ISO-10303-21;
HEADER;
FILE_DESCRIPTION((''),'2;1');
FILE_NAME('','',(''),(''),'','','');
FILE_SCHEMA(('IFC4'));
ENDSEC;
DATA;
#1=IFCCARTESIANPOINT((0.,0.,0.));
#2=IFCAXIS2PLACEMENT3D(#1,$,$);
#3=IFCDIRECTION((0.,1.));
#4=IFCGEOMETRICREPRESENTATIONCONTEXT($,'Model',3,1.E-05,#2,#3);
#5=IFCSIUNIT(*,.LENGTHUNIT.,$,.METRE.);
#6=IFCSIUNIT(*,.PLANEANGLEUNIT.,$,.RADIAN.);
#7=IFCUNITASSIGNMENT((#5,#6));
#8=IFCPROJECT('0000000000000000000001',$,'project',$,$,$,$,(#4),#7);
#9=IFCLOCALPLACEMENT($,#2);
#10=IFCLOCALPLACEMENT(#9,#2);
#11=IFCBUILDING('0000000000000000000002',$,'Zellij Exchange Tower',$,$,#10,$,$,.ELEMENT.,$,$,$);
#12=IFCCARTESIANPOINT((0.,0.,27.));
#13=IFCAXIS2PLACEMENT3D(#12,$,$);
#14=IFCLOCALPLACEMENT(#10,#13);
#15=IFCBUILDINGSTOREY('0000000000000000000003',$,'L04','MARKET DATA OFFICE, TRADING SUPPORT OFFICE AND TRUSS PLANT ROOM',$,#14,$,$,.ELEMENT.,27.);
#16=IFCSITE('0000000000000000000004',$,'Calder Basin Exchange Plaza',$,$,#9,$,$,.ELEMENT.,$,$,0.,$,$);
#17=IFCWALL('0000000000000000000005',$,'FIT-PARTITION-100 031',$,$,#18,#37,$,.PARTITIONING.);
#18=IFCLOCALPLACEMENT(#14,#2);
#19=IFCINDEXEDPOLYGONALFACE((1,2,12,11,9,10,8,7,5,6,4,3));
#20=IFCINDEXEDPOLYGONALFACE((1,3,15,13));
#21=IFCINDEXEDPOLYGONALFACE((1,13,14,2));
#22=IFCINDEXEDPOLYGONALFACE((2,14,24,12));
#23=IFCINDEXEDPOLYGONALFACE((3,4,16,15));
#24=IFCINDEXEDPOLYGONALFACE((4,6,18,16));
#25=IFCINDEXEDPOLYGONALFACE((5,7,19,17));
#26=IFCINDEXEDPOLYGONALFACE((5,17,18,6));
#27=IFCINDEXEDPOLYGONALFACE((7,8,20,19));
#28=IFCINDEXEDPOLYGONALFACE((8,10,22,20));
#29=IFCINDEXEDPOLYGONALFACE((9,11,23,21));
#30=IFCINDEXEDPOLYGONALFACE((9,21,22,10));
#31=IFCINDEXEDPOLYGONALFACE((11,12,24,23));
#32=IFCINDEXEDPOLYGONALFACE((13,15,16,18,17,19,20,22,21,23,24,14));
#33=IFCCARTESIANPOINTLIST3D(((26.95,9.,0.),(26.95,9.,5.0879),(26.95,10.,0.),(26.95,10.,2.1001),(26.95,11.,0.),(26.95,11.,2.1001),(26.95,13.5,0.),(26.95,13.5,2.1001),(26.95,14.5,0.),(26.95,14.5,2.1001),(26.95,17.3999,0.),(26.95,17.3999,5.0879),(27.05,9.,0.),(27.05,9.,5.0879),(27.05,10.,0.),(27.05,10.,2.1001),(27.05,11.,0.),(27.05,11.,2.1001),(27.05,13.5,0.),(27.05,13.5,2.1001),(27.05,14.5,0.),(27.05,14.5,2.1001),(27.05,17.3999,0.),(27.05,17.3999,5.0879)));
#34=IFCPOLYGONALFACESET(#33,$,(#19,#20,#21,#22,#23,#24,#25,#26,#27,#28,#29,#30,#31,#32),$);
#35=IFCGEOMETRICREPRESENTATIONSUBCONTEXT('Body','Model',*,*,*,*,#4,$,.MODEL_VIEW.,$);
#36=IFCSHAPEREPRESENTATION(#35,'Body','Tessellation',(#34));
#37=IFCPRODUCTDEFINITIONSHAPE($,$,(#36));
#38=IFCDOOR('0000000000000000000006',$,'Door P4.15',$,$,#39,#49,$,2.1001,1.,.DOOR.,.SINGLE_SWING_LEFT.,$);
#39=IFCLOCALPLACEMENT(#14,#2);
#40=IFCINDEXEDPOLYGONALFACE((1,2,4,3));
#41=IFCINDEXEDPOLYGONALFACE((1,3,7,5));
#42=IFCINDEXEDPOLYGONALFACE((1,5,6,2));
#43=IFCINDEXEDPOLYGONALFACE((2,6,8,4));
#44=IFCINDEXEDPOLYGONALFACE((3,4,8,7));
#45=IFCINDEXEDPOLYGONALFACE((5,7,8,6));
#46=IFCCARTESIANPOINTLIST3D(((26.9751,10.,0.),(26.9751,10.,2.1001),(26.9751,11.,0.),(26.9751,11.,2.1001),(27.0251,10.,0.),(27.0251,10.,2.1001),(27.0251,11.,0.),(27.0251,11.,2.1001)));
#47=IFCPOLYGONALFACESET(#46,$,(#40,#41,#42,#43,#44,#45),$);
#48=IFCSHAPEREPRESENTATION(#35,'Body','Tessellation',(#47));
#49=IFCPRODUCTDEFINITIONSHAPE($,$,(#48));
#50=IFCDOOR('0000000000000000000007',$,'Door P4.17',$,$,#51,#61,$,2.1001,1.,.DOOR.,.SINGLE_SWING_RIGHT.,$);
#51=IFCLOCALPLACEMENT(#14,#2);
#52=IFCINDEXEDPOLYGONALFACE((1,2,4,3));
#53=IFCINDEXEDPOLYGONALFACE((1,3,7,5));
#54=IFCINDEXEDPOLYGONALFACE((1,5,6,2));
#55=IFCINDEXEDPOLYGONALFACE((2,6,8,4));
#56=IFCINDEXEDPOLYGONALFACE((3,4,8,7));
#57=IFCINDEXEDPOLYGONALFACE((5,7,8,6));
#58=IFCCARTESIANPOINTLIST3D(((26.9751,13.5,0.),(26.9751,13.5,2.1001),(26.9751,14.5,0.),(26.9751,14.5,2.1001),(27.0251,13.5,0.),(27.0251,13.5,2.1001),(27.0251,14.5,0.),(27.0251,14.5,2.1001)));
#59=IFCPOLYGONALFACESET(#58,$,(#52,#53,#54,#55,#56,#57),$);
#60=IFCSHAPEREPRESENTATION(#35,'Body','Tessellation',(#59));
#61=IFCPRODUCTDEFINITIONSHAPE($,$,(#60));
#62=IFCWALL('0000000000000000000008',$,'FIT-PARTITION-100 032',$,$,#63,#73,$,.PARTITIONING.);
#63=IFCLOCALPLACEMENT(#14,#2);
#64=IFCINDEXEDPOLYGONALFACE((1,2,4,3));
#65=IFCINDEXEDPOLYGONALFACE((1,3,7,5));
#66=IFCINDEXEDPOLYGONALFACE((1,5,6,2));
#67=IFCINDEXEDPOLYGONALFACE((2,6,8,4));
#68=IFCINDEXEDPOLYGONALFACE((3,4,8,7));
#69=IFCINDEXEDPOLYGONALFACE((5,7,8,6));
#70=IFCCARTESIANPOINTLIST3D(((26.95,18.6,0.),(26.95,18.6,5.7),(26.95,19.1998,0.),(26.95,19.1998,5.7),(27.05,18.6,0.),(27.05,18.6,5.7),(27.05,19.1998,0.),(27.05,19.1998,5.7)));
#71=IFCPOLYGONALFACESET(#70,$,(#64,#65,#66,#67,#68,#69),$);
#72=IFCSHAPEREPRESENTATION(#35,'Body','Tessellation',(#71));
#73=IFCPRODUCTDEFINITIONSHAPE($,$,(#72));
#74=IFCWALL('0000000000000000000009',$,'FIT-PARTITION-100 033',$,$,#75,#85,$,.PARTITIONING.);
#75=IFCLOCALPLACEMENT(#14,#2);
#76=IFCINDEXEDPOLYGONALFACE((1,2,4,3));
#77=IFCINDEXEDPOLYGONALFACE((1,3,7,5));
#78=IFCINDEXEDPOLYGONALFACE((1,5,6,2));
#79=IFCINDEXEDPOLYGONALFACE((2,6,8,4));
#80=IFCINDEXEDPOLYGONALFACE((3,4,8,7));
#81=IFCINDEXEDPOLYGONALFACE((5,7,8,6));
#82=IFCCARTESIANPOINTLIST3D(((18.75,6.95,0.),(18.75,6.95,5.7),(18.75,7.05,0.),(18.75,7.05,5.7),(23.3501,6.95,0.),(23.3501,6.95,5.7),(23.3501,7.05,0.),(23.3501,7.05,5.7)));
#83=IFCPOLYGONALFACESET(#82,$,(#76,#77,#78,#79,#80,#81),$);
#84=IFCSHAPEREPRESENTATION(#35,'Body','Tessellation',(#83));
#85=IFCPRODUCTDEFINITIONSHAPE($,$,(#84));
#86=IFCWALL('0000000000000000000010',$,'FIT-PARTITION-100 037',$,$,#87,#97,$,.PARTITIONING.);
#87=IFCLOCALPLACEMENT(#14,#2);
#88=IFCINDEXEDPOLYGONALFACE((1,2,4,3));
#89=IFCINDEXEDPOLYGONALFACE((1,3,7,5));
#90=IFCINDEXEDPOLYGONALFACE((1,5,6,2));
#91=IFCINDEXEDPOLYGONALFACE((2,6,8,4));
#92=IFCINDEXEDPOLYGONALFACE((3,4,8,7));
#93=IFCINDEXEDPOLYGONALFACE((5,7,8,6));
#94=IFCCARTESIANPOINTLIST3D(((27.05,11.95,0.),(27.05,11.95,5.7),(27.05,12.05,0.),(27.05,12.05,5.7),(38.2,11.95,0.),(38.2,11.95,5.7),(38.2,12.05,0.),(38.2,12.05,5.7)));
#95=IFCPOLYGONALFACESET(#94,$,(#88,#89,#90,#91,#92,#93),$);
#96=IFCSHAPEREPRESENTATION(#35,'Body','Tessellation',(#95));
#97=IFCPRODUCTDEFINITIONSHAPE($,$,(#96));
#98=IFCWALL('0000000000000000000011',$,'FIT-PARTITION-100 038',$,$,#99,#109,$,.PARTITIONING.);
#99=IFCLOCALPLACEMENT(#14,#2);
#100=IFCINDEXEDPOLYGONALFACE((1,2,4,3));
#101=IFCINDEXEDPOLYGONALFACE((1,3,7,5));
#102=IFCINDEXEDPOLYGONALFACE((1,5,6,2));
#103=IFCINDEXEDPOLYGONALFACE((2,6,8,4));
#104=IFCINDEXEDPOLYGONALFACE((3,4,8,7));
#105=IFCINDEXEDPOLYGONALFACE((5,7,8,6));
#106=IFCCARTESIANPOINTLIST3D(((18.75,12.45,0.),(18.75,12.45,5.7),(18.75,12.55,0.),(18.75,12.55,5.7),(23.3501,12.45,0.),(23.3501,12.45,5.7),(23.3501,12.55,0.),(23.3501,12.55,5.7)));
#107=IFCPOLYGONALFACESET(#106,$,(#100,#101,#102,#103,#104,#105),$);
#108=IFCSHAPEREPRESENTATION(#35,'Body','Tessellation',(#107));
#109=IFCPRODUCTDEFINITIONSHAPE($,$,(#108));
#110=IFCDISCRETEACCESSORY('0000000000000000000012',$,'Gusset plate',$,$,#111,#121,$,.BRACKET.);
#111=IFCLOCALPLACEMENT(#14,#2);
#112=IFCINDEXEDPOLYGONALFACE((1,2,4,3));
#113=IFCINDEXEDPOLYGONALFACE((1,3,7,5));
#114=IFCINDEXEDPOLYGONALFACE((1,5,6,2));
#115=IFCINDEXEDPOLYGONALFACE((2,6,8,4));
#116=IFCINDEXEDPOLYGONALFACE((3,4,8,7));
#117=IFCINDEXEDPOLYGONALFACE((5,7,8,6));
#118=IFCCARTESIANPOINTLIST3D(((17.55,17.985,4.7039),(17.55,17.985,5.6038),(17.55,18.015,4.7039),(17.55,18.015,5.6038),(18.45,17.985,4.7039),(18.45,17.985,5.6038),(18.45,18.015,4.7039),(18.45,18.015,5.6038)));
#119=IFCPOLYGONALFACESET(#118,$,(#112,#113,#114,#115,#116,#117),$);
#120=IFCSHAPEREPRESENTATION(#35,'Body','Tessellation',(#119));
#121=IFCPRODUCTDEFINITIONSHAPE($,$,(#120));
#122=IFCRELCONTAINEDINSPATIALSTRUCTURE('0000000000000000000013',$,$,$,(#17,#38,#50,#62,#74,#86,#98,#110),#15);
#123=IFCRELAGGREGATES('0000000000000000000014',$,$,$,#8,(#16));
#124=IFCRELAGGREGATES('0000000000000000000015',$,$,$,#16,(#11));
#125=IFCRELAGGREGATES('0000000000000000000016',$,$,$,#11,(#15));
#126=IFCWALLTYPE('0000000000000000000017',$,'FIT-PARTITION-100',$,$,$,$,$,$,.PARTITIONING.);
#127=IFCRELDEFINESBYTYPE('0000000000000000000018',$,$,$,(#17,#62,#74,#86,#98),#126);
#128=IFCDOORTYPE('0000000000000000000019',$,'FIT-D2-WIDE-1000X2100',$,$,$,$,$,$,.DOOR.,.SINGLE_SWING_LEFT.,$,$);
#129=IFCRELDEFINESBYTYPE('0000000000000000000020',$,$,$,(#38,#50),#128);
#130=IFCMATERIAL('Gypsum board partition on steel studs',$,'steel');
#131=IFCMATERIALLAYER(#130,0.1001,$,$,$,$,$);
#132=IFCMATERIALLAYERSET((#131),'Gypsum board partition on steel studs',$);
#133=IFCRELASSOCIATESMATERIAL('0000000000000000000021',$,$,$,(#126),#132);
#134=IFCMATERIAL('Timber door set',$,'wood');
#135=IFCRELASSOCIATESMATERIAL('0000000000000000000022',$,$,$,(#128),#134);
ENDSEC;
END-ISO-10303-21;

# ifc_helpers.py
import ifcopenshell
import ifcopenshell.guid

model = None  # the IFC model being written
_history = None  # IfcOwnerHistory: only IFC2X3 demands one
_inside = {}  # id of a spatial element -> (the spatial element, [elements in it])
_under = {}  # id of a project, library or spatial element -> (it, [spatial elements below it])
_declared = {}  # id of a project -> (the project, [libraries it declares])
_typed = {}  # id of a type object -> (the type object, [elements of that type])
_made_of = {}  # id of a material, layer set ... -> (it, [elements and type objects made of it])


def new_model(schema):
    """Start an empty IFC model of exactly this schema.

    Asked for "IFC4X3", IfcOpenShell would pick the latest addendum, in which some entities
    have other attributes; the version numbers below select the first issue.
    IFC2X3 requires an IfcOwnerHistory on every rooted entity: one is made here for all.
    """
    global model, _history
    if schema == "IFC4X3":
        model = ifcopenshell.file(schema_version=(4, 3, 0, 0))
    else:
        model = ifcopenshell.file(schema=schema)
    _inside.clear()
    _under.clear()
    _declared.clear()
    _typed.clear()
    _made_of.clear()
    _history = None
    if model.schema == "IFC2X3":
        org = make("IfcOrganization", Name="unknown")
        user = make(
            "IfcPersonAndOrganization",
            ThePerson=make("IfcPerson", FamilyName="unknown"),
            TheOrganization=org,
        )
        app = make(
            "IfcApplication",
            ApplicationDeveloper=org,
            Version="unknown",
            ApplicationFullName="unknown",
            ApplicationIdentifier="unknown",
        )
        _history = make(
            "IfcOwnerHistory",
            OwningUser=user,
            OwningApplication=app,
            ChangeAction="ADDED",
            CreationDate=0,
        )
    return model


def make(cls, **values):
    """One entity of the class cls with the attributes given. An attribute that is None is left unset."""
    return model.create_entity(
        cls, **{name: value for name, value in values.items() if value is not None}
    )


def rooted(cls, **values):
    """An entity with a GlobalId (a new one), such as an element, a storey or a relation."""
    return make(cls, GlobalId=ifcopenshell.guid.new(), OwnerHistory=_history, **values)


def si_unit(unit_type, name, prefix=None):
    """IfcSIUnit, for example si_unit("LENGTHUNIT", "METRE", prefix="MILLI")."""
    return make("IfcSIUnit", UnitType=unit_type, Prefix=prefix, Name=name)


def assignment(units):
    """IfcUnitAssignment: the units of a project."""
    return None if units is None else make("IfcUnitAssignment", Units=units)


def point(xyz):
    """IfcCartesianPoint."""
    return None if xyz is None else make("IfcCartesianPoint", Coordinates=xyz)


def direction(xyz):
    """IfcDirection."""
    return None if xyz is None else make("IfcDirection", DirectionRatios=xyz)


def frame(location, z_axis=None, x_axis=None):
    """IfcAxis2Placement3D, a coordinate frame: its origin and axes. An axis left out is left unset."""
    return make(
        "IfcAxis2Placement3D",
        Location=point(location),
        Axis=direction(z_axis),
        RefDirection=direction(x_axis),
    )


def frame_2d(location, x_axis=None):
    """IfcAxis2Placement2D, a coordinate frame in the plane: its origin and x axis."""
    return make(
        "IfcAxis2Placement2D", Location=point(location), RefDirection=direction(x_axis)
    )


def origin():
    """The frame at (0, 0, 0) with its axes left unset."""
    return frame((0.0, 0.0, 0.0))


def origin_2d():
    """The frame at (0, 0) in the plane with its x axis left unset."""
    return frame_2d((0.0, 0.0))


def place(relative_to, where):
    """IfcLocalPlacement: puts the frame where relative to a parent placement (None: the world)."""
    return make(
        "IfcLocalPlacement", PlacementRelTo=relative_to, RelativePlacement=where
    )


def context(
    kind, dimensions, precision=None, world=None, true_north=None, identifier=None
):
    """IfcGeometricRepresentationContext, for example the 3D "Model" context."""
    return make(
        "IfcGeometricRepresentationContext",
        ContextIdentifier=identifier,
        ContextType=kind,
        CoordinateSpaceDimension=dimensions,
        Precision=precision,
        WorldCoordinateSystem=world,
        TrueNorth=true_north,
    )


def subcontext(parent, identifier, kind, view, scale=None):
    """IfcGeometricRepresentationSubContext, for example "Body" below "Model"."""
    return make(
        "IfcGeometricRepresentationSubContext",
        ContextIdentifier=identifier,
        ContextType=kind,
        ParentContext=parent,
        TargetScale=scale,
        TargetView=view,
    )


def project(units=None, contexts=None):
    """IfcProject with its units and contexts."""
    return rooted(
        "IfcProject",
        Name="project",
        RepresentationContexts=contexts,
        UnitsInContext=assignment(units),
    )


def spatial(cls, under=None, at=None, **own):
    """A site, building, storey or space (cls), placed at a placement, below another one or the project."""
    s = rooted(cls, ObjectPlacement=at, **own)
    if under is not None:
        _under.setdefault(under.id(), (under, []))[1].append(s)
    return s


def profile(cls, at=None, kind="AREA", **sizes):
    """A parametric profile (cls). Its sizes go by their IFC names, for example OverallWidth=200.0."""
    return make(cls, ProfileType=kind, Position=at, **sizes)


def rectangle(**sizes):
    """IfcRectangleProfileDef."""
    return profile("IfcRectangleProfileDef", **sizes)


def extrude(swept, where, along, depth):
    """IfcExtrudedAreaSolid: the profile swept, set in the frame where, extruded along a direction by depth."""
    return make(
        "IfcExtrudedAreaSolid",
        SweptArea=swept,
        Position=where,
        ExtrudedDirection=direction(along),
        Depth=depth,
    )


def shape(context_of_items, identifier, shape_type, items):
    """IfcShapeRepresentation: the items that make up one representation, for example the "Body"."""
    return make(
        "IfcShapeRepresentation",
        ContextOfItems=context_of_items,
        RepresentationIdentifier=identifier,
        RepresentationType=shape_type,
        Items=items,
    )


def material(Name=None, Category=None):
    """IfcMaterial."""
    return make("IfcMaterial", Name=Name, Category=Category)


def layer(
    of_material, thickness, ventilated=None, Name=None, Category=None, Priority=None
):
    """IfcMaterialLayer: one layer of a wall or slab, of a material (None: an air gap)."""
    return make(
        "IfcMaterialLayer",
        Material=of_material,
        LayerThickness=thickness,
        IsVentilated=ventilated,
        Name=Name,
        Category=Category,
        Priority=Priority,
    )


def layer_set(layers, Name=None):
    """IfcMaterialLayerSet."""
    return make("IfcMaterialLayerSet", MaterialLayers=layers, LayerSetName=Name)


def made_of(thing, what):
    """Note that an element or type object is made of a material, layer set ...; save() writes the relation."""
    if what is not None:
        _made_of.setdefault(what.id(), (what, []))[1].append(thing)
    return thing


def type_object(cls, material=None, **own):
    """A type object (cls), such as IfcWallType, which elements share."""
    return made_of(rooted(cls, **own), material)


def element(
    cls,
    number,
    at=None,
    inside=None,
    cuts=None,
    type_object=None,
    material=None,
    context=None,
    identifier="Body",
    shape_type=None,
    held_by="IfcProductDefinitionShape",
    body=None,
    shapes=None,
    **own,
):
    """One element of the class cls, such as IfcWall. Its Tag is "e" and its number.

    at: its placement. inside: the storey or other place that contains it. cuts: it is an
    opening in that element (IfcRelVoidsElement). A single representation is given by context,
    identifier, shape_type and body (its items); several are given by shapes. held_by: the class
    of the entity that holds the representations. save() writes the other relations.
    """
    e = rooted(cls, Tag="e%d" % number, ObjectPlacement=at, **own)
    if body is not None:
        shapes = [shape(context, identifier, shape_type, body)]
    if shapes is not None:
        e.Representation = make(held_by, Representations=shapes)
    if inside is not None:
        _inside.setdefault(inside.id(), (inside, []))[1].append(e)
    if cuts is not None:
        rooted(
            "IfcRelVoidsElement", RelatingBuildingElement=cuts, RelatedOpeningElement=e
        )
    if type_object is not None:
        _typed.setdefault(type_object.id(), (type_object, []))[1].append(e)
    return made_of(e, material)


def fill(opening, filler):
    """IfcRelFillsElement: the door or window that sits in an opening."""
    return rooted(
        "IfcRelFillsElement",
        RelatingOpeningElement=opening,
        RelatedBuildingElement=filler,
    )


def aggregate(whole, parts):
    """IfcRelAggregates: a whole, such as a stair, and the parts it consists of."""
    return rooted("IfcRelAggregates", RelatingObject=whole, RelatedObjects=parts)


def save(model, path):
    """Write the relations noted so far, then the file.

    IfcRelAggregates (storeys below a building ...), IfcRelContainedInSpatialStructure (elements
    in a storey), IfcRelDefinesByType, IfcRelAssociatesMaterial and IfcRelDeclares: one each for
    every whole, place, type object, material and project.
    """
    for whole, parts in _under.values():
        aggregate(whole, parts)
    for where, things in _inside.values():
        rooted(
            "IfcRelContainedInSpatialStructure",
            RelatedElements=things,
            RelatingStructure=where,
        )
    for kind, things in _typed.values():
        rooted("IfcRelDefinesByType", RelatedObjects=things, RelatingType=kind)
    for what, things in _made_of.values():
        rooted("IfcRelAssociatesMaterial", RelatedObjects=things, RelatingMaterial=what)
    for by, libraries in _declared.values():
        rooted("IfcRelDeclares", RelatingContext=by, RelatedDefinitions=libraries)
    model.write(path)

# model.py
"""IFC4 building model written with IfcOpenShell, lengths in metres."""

from ifc_helpers import new_model, si_unit, direction, frame, frame_2d, origin, origin_2d, place, context, subcontext, project, spatial, rectangle, extrude, material, layer, layer_set, type_object, element, fill, save


model = new_model("IFC4")

# Units and contexts
model_context = context("Model", 3, precision=1e-05, world=origin(), true_north=direction((0.0, 1.0)))
body_context = subcontext(model_context, "Body", "Model", "MODEL_VIEW")
ifc_project = project(units=[si_unit("LENGTHUNIT", "METRE"), si_unit("PLANEANGLEUNIT", "RADIAN")], contexts=[model_context])

# Site, building, storey
site_placement = place(None, origin())
site = spatial("IfcSite", under=ifc_project, at=site_placement, Name="Calder Basin Exchange Plaza", CompositionType="ELEMENT", RefElevation=0.0)
building_placement = place(site_placement, origin())
building = spatial("IfcBuilding", under=site, at=building_placement, Name="Zellij Exchange Tower", CompositionType="ELEMENT")
storey_placement = place(building_placement, frame((0.0, 0.0, 27.0)))
storey = spatial("IfcBuildingStorey", under=building, at=storey_placement, Name="L04", Description="MARKET DATA OFFICE, TRADING SUPPORT OFFICE AND TRUSS PLANT ROOM", CompositionType="ELEMENT", Elevation=27.0)

# Shared definitions
ifc_material_1 = material(Name="Gypsum board partition on steel studs", Category="steel")
ifc_layer_1 = layer(ifc_material_1, 0.1001)
ifc_layer_set_1 = layer_set([ifc_layer_1], Name="Gypsum board partition on steel studs")
wall_type_1 = type_object("IfcWallType", Name="FIT-PARTITION-100", PredefinedType="PARTITIONING", material=ifc_layer_set_1)

# Wall, openings, doors
wall_1_placement = place(storey_placement, frame((27.0, 9.0, 0.0), z_axis=(0.0, 0.0, 1.0), x_axis=(0.0, 1.0, 0.0)))
wall_1 = element("IfcWall", 1, at=wall_1_placement, inside=storey, type_object=wall_type_1, Name="FIT-PARTITION-100 031", PredefinedType="PARTITIONING", context=body_context, shape_type="SweptSolid", body=[
    extrude(rectangle(XDim=8.3999, YDim=0.1001, at=frame_2d((4.2, 0.0))), origin(), (0.0, 0.0, 1.0), 5.0879),
])
opening_1_placement = place(wall_1_placement, frame((1.0, 0.0, 0.0)))
opening_1 = element("IfcOpeningElement", 2, at=opening_1_placement, cuts=wall_1, PredefinedType="OPENING", context=body_context, shape_type="SweptSolid", body=[
    extrude(rectangle(XDim=1.0, YDim=2.1001, at=frame_2d((0.5, 1.05))), frame((0.0, 0.062, 0.0), z_axis=(0.0, -1.0, 0.0), x_axis=(1.0, 0.0, 0.0)), (0.0, 0.0, 1.0), 0.124),
])
opening_2_placement = place(wall_1_placement, frame((4.5, 0.0, 0.0)))
opening_2 = element("IfcOpeningElement", 3, at=opening_2_placement, cuts=wall_1, PredefinedType="OPENING", context=body_context, shape_type="SweptSolid", body=[
    extrude(rectangle(XDim=1.0, YDim=2.1001, at=frame_2d((0.5, 1.05))), frame((0.0, 0.062, 0.0), z_axis=(0.0, -1.0, 0.0), x_axis=(1.0, 0.0, 0.0)), (0.0, 0.0, 1.0), 0.124),
])
ifc_material_2 = material(Name="Timber door set", Category="wood")
door_type = type_object("IfcDoorType", Name="FIT-D2-WIDE-1000X2100", OperationType="SINGLE_SWING_LEFT", PredefinedType="DOOR", material=ifc_material_2)
door_1_placement = place(opening_1_placement, origin())
door_1 = element("IfcDoor", 4, at=door_1_placement, inside=storey, type_object=door_type, Name="Door P4.15", OperationType="SINGLE_SWING_LEFT", OverallHeight=2.1001, OverallWidth=1.0, PredefinedType="DOOR", context=body_context, shape_type="SweptSolid", body=[
    extrude(rectangle(XDim=1.0, YDim=2.1001, at=frame_2d((0.5, 1.05))), frame((0.0, 0.0249, 0.0), z_axis=(0.0, -1.0, 0.0), x_axis=(1.0, 0.0, 0.0)), (0.0, 0.0, 1.0), 0.05),
])
fill(opening_1, door_1)
door_2_placement = place(opening_2_placement, origin())
door_2 = element("IfcDoor", 5, at=door_2_placement, inside=storey, type_object=door_type, Name="Door P4.17", OperationType="SINGLE_SWING_RIGHT", OverallHeight=2.1001, OverallWidth=1.0, PredefinedType="DOOR", context=body_context, shape_type="SweptSolid", body=[
    extrude(rectangle(XDim=1.0, YDim=2.1001, at=frame_2d((0.5, 1.05))), frame((0.0, 0.0249, 0.0), z_axis=(0.0, -1.0, 0.0), x_axis=(1.0, 0.0, 0.0)), (0.0, 0.0, 1.0), 0.05),
])
fill(opening_2, door_2)

# Walls
wall_2_placement = place(storey_placement, frame((27.0, 18.6001, 0.0), z_axis=(0.0, 0.0, 1.0), x_axis=(0.0, 1.0, 0.0)))
element("IfcWall", 6, at=wall_2_placement, inside=storey, type_object=wall_type_1, Name="FIT-PARTITION-100 032", PredefinedType="PARTITIONING", context=body_context, shape_type="SweptSolid", body=[
    extrude(rectangle(XDim=0.5999, YDim=0.1001, at=frame_2d((0.2998, 0.0))), origin(), (0.0, 0.0, 1.0), 5.7),
])
wall_3_placement = place(storey_placement, frame((18.75, 7.0, 0.0), z_axis=(0.0, 0.0, 1.0), x_axis=(1.0, 0.0, 0.0)))
element("IfcWall", 7, at=wall_3_placement, inside=storey, type_object=wall_type_1, Name="FIT-PARTITION-100 033", PredefinedType="PARTITIONING", context=body_context, shape_type="SweptSolid", body=[
    extrude(rectangle(XDim=4.6001, YDim=0.1001, at=frame_2d((2.3, 0.0))), origin(), (0.0, 0.0, 1.0), 5.7),
])
wall_4_placement = place(storey_placement, frame((27.05, 12.0, 0.0), z_axis=(0.0, 0.0, 1.0), x_axis=(1.0, 0.0, 0.0)))
element("IfcWall", 8, at=wall_4_placement, inside=storey, type_object=wall_type_1, Name="FIT-PARTITION-100 037", PredefinedType="PARTITIONING", context=body_context, shape_type="SweptSolid", body=[
    extrude(rectangle(XDim=11.1499, YDim=0.1001, at=frame_2d((5.575, 0.0))), origin(), (0.0, 0.0, 1.0), 5.7),
])
wall_5_placement = place(storey_placement, frame((18.75, 12.5, 0.0), z_axis=(0.0, 0.0, 1.0), x_axis=(1.0, 0.0, 0.0)))
element("IfcWall", 9, at=wall_5_placement, inside=storey, type_object=wall_type_1, Name="FIT-PARTITION-100 038", PredefinedType="PARTITIONING", context=body_context, shape_type="SweptSolid", body=[
    extrude(rectangle(XDim=4.6001, YDim=0.1001, at=frame_2d((2.3, 0.0))), origin(), (0.0, 0.0, 1.0), 5.7),
])

# Discrete accessory
discrete_accessory_placement = place(storey_placement, frame((18.0, 18.0, 4.7039), z_axis=(0.0, 0.0, 1.0), x_axis=(1.0, 0.0, 0.0)))
element("IfcDiscreteAccessory", 10, at=discrete_accessory_placement, inside=storey, Name="Gusset plate", PredefinedType="BRACKET", context=body_context, shape_type="SweptSolid", body=[
    extrude(rectangle(XDim=0.8999, YDim=0.03, at=origin_2d()), origin(), (0.0, 0.0, 1.0), 0.8999),
])

save(model, "model.ifc")
